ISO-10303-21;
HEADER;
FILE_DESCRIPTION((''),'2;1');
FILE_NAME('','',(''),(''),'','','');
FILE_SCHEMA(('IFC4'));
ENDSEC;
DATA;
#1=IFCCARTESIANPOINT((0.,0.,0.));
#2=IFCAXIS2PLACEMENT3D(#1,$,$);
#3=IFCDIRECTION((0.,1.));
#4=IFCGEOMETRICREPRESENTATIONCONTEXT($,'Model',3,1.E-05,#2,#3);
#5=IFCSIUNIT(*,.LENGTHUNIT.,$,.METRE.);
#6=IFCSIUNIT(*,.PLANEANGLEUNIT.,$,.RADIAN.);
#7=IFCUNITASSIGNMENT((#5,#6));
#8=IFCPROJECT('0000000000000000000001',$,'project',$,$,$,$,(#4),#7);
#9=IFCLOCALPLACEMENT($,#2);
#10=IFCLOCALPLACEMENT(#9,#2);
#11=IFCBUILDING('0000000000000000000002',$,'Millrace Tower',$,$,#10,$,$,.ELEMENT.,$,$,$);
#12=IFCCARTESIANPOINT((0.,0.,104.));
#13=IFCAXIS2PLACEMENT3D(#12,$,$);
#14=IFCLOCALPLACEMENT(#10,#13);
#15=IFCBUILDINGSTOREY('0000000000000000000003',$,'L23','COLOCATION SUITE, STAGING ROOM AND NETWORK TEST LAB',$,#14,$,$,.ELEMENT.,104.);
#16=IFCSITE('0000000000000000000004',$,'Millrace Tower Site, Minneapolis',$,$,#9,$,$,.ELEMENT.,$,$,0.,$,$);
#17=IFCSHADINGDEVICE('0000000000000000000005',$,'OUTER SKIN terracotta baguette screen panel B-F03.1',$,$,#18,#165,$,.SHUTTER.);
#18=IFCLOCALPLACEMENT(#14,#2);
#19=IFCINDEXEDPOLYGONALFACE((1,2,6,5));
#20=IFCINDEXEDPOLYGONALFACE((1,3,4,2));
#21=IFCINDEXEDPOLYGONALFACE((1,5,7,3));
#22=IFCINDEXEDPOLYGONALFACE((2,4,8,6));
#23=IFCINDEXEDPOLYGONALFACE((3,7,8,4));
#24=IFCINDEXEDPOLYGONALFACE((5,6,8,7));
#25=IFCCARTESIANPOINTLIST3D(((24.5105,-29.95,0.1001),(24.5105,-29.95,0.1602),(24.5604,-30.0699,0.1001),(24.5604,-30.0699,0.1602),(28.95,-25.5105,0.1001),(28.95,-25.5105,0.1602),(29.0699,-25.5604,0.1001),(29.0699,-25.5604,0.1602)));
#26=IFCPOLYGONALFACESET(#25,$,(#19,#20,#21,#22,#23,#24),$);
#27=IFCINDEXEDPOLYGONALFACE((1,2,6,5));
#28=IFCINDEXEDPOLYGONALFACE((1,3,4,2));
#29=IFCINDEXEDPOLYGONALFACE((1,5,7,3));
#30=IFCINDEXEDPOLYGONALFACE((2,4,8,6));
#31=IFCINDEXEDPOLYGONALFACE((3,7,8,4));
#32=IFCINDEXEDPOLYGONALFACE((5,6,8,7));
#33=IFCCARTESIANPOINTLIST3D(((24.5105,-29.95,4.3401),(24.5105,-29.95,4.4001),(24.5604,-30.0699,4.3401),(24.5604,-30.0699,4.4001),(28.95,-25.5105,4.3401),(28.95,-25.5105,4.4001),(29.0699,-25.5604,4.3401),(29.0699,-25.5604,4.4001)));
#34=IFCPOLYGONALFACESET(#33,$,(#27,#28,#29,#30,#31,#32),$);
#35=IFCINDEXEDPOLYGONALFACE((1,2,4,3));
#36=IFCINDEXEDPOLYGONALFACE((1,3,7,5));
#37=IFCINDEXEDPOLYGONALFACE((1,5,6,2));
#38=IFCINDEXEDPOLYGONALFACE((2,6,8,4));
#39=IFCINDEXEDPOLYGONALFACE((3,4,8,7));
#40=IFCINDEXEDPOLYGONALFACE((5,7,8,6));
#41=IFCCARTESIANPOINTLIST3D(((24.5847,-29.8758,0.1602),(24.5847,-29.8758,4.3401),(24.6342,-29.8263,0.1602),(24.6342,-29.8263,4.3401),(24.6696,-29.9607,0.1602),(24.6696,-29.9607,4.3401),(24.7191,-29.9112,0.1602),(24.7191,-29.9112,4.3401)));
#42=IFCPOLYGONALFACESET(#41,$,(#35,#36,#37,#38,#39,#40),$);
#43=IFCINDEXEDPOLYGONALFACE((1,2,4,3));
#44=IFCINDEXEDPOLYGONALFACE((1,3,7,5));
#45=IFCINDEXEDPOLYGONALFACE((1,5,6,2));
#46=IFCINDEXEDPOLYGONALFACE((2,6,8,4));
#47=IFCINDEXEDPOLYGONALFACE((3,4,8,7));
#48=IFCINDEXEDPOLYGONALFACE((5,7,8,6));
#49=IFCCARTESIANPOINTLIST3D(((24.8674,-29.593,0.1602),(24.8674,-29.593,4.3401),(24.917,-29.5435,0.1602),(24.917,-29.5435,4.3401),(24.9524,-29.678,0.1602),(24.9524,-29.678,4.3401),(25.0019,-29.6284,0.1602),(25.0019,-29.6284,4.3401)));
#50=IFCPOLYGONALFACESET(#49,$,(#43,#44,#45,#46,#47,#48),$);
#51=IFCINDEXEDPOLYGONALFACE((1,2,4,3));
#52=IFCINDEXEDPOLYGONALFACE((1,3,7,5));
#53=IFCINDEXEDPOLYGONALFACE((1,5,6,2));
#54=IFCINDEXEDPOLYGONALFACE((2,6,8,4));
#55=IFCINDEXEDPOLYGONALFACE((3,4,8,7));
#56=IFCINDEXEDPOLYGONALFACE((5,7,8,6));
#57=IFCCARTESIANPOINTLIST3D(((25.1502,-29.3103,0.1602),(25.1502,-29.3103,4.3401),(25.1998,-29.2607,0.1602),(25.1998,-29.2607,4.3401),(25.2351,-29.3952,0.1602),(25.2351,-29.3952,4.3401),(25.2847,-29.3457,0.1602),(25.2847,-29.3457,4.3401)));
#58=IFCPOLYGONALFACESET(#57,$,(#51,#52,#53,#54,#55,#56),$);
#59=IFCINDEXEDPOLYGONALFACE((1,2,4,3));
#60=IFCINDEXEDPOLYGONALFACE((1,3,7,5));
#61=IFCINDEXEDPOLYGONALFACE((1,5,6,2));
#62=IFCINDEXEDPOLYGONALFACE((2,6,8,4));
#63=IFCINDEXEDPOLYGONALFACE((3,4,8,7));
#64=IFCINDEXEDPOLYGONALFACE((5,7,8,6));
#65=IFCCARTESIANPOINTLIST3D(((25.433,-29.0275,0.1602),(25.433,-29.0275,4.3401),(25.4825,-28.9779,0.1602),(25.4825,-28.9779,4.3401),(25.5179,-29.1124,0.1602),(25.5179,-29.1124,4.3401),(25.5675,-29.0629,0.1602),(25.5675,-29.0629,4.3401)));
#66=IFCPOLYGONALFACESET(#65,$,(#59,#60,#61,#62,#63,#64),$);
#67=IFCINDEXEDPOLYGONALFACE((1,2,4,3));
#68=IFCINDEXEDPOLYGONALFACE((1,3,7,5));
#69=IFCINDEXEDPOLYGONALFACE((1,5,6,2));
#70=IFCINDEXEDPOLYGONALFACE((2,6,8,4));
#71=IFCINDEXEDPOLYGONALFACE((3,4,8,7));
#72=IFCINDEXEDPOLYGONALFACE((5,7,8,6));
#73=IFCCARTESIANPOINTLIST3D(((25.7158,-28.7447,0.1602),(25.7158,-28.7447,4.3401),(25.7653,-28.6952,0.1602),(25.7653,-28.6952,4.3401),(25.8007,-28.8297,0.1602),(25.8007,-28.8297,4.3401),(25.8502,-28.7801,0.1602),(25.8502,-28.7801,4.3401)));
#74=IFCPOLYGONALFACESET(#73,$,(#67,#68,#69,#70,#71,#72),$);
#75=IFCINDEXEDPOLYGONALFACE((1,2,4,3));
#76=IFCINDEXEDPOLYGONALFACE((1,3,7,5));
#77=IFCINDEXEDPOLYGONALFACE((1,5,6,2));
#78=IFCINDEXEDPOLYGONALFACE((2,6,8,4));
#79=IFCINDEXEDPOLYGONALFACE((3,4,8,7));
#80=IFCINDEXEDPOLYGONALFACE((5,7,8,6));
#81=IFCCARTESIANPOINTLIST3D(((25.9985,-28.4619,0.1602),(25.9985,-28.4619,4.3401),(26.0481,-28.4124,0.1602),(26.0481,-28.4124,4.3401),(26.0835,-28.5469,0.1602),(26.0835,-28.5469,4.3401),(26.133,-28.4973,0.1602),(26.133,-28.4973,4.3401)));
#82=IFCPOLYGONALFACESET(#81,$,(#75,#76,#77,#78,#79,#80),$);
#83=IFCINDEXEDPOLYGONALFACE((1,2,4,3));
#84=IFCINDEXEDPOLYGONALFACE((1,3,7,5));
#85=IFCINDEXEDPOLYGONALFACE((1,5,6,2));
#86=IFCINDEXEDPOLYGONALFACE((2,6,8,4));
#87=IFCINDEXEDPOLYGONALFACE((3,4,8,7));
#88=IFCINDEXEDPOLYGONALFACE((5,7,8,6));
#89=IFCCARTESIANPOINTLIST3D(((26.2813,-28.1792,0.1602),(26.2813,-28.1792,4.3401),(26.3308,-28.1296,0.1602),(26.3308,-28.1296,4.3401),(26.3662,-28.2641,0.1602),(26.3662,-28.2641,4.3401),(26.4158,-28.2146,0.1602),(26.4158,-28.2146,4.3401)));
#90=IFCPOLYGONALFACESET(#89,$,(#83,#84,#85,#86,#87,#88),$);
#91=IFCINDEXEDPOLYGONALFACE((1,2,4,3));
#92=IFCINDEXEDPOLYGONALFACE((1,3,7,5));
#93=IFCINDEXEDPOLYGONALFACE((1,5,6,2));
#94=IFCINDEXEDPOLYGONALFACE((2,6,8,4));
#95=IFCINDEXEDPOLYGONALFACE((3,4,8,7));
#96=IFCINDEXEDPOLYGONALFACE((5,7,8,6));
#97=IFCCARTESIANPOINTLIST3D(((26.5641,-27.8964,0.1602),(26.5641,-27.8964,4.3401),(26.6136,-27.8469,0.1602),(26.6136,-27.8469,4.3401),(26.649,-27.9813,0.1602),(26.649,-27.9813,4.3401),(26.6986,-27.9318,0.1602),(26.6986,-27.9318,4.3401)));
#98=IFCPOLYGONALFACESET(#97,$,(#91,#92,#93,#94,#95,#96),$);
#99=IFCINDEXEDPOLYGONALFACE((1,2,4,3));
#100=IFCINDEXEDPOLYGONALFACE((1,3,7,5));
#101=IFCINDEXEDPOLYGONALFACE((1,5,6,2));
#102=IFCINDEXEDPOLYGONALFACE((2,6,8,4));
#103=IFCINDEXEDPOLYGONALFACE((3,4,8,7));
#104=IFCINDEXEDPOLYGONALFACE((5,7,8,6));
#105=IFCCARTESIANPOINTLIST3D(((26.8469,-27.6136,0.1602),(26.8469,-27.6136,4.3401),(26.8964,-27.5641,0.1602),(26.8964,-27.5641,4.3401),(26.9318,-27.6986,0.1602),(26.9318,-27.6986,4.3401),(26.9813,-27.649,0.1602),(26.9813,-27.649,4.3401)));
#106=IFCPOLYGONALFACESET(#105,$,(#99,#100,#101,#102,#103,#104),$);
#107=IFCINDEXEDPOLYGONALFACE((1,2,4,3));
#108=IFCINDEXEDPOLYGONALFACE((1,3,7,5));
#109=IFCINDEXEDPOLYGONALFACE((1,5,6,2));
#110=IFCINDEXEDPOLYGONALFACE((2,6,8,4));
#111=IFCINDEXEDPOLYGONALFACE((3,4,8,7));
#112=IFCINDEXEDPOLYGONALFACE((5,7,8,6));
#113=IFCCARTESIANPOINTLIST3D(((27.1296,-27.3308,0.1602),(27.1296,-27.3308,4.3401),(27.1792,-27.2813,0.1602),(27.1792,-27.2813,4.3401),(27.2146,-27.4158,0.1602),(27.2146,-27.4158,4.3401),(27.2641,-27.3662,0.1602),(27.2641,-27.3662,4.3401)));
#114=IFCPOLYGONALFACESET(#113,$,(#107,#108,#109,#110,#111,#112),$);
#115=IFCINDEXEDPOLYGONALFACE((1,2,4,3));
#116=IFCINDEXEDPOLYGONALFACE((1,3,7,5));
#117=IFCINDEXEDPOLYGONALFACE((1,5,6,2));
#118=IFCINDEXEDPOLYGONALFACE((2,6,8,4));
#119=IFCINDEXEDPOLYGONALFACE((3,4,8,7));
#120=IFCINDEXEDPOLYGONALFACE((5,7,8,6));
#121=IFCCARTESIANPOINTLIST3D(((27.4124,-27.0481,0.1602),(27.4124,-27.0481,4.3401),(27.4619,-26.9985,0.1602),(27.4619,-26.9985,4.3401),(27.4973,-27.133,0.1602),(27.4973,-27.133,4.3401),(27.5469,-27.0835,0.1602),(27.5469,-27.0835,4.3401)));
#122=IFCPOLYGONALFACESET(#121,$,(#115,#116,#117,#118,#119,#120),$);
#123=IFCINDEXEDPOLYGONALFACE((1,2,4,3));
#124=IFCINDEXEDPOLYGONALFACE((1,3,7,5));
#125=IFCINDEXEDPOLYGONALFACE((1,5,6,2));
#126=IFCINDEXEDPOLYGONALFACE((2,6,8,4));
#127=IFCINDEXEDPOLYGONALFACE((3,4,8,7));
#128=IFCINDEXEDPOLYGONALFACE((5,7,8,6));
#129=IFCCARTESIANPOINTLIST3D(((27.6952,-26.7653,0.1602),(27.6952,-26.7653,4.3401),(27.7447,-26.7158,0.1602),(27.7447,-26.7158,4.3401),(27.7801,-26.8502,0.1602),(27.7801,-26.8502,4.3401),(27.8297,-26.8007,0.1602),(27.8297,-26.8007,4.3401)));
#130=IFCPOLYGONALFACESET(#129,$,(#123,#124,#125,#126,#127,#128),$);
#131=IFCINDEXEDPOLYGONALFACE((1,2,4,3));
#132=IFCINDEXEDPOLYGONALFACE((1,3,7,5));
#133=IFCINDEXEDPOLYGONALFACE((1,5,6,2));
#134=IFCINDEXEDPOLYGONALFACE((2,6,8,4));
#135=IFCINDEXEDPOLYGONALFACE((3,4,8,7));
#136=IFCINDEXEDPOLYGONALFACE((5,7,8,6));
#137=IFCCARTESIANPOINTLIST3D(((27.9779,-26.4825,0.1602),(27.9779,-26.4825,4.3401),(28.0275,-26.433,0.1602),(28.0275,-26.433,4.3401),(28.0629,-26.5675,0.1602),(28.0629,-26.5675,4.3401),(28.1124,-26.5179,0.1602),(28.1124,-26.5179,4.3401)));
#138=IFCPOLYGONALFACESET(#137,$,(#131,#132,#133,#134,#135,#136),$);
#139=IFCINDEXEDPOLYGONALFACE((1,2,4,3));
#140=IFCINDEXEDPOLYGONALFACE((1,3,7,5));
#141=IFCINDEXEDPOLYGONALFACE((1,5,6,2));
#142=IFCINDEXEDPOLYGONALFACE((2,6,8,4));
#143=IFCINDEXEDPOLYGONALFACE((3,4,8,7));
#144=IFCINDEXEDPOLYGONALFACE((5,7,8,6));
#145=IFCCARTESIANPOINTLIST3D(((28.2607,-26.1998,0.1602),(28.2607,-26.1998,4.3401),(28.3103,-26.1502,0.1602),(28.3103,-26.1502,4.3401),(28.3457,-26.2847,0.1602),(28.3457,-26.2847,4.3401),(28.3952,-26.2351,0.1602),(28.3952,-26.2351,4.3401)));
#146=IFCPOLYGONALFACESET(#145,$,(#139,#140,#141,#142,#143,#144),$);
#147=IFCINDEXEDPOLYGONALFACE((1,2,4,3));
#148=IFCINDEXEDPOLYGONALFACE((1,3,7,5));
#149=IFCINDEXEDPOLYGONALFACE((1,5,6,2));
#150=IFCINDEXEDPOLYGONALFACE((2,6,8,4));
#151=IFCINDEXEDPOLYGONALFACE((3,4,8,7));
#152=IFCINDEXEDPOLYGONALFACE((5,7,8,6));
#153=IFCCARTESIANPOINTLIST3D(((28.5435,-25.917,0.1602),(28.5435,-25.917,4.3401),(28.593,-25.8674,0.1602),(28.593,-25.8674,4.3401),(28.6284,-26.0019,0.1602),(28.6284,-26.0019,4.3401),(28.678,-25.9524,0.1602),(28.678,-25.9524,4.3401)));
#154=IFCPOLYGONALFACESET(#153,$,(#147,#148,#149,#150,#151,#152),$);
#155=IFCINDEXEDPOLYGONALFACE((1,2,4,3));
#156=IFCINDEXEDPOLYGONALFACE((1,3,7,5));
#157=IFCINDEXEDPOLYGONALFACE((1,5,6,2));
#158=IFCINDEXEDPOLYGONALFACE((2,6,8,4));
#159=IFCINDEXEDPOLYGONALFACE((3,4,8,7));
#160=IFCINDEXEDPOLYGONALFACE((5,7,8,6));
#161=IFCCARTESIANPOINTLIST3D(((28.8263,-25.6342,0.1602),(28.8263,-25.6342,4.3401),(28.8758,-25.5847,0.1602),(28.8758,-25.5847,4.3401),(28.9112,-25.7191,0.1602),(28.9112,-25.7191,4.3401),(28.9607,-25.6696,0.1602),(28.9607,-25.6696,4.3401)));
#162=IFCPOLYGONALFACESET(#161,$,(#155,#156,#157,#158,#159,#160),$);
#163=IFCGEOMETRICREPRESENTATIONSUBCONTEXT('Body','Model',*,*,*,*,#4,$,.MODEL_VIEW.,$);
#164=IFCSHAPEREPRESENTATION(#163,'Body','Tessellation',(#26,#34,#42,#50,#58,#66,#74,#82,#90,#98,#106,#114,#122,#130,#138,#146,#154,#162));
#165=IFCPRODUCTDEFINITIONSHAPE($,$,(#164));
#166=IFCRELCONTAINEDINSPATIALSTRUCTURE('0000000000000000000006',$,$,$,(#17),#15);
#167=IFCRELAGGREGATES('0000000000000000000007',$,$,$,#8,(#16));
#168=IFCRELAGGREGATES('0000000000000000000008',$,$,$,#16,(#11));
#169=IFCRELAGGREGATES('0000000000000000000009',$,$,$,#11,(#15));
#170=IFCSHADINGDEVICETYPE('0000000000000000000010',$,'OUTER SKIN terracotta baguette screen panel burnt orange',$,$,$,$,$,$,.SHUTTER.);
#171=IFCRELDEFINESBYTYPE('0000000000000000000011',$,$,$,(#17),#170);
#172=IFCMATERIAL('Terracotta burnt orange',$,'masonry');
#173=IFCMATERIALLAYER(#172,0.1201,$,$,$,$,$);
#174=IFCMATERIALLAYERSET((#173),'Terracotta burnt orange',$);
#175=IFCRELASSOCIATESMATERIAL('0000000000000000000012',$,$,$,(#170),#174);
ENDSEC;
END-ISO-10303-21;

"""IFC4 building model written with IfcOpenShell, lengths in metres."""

from ifc_helpers import new_model, entity, si_unit, direction, frame, frame_2d, origin, place, context, subcontext, project, spatial, rectangle, extrude, source, transform, mapped, material, layer, layer_set, type_object, element, save


model = new_model("IFC4")

# Units and contexts
model_context = context("Model", 3, precision=1e-05, world=origin(), true_north=direction((0.0, 1.0)))
body_context = subcontext(model_context, "Body", "Model", "MODEL_VIEW")
ifc_project = project(units=[si_unit("LENGTHUNIT", "METRE"), si_unit("PLANEANGLEUNIT", "RADIAN")], contexts=[model_context])

# Site, building, storey
site_placement = place(None, origin())
site = spatial("IfcSite", under=ifc_project, at=site_placement, Name="Millrace Tower Site, Minneapolis", CompositionType="ELEMENT", RefElevation=0.0)
building_placement = place(site_placement, origin())
building = spatial("IfcBuilding", under=site, at=building_placement, Name="Millrace Tower", CompositionType="ELEMENT")
storey_placement = place(building_placement, frame((0.0, 0.0, 104.0)))
storey = spatial("IfcBuildingStorey", under=building, at=storey_placement, Name="L23", Description="COLOCATION SUITE, STAGING ROOM AND NETWORK TEST LAB", CompositionType="ELEMENT", Elevation=104.0)

# Shading device
ifc_material_1 = material(Name="Terracotta burnt orange", Category="masonry")
ifc_layer_1 = layer(ifc_material_1, 0.1201)
ifc_layer_set_1 = layer_set([ifc_layer_1], Name="Terracotta burnt orange")
shading_device_type = type_object("IfcShadingDeviceType", Name="OUTER SKIN terracotta baguette screen panel burnt orange", PredefinedType="SHUTTER", material=ifc_layer_set_1)
cartesian_point_1 = entity("IfcCartesianPoint", [-3.1392, 0.0601])
shared_polyline_1 = entity("IfcPolyline", [cartesian_point_1, entity("IfcCartesianPoint", [3.1392, 0.0601]), entity("IfcCartesianPoint", [3.1887, -0.0601]), entity("IfcCartesianPoint", [-3.1887, -0.0601]), cartesian_point_1])
shared_shape_1 = source(origin(), body_context, "Body", "SweptSolid", [
    entity("IfcExtrudedAreaSolid", entity("IfcArbitraryClosedProfileDef", "AREA", None, shared_polyline_1), entity("IfcAxis2Placement3D", entity("IfcCartesianPoint", [0.0, 0.0, 0.0])), entity("IfcDirection", [0.0, 0.0, 1.0]), 0.0601),
    entity("IfcExtrudedAreaSolid", entity("IfcArbitraryClosedProfileDef", "AREA", None, shared_polyline_1), entity("IfcAxis2Placement3D", entity("IfcCartesianPoint", [0.0, 0.0, 4.24])), entity("IfcDirection", [0.0, 0.0, 1.0]), 0.0601),
    extrude(rectangle(XDim=0.0701, YDim=0.1201, at=frame_2d((-2.9993, 0.0))), frame((0.0, 0.0, 0.0601)), (0.0, 0.0, 1.0), 4.1799),
    extrude(rectangle(XDim=0.0701, YDim=0.1201, at=frame_2d((-2.5994, 0.0))), frame((0.0, 0.0, 0.0601)), (0.0, 0.0, 1.0), 4.1799),
    extrude(rectangle(XDim=0.0701, YDim=0.1201, at=frame_2d((-2.1995, 0.0))), frame((0.0, 0.0, 0.0601)), (0.0, 0.0, 1.0), 4.1799),
    extrude(rectangle(XDim=0.0701, YDim=0.1201, at=frame_2d((-1.7996, 0.0))), frame((0.0, 0.0, 0.0601)), (0.0, 0.0, 1.0), 4.1799),
    extrude(rectangle(XDim=0.0701, YDim=0.1201, at=frame_2d((-1.3997, 0.0))), frame((0.0, 0.0, 0.0601)), (0.0, 0.0, 1.0), 4.1799),
    extrude(rectangle(XDim=0.0701, YDim=0.1201, at=frame_2d((-0.9998, 0.0))), frame((0.0, 0.0, 0.0601)), (0.0, 0.0, 1.0), 4.1799),
    extrude(rectangle(XDim=0.0701, YDim=0.1201, at=frame_2d((-0.5999, 0.0))), frame((0.0, 0.0, 0.0601)), (0.0, 0.0, 1.0), 4.1799),
    extrude(rectangle(XDim=0.0701, YDim=0.1201, at=frame_2d((-0.2, 0.0))), frame((0.0, 0.0, 0.0601)), (0.0, 0.0, 1.0), 4.1799),
    extrude(rectangle(XDim=0.0701, YDim=0.1201, at=frame_2d((0.2, 0.0))), frame((0.0, 0.0, 0.0601)), (0.0, 0.0, 1.0), 4.1799),
    extrude(rectangle(XDim=0.0701, YDim=0.1201, at=frame_2d((0.5999, 0.0))), frame((0.0, 0.0, 0.0601)), (0.0, 0.0, 1.0), 4.1799),
    extrude(rectangle(XDim=0.0701, YDim=0.1201, at=frame_2d((0.9998, 0.0))), frame((0.0, 0.0, 0.0601)), (0.0, 0.0, 1.0), 4.1799),
    extrude(rectangle(XDim=0.0701, YDim=0.1201, at=frame_2d((1.3997, 0.0))), frame((0.0, 0.0, 0.0601)), (0.0, 0.0, 1.0), 4.1799),
    extrude(rectangle(XDim=0.0701, YDim=0.1201, at=frame_2d((1.7996, 0.0))), frame((0.0, 0.0, 0.0601)), (0.0, 0.0, 1.0), 4.1799),
    extrude(rectangle(XDim=0.0701, YDim=0.1201, at=frame_2d((2.1995, 0.0))), frame((0.0, 0.0, 0.0601)), (0.0, 0.0, 1.0), 4.1799),
    extrude(rectangle(XDim=0.0701, YDim=0.1201, at=frame_2d((2.5994, 0.0))), frame((0.0, 0.0, 0.0601)), (0.0, 0.0, 1.0), 4.1799),
    extrude(rectangle(XDim=0.0701, YDim=0.1201, at=frame_2d((2.9993, 0.0))), frame((0.0, 0.0, 0.0601)), (0.0, 0.0, 1.0), 4.1799),
])
shading_device_1_placement = place(storey_placement, frame((26.7727, -27.7727, 0.1001), z_axis=(0.0, 0.0, 1.0), x_axis=(0.707107, 0.707107, 0.0)))
element("IfcShadingDevice", 1, at=shading_device_1_placement, inside=storey, type_object=shading_device_type, Name="OUTER SKIN terracotta baguette screen panel B-F03.1", PredefinedType="SHUTTER", context=body_context, shape_type="MappedRepresentation", body=[
    mapped(shared_shape_1, transform((0.0, 0.0, 0.0), scale=1.0)),
])

save(model, "model.ifc")
